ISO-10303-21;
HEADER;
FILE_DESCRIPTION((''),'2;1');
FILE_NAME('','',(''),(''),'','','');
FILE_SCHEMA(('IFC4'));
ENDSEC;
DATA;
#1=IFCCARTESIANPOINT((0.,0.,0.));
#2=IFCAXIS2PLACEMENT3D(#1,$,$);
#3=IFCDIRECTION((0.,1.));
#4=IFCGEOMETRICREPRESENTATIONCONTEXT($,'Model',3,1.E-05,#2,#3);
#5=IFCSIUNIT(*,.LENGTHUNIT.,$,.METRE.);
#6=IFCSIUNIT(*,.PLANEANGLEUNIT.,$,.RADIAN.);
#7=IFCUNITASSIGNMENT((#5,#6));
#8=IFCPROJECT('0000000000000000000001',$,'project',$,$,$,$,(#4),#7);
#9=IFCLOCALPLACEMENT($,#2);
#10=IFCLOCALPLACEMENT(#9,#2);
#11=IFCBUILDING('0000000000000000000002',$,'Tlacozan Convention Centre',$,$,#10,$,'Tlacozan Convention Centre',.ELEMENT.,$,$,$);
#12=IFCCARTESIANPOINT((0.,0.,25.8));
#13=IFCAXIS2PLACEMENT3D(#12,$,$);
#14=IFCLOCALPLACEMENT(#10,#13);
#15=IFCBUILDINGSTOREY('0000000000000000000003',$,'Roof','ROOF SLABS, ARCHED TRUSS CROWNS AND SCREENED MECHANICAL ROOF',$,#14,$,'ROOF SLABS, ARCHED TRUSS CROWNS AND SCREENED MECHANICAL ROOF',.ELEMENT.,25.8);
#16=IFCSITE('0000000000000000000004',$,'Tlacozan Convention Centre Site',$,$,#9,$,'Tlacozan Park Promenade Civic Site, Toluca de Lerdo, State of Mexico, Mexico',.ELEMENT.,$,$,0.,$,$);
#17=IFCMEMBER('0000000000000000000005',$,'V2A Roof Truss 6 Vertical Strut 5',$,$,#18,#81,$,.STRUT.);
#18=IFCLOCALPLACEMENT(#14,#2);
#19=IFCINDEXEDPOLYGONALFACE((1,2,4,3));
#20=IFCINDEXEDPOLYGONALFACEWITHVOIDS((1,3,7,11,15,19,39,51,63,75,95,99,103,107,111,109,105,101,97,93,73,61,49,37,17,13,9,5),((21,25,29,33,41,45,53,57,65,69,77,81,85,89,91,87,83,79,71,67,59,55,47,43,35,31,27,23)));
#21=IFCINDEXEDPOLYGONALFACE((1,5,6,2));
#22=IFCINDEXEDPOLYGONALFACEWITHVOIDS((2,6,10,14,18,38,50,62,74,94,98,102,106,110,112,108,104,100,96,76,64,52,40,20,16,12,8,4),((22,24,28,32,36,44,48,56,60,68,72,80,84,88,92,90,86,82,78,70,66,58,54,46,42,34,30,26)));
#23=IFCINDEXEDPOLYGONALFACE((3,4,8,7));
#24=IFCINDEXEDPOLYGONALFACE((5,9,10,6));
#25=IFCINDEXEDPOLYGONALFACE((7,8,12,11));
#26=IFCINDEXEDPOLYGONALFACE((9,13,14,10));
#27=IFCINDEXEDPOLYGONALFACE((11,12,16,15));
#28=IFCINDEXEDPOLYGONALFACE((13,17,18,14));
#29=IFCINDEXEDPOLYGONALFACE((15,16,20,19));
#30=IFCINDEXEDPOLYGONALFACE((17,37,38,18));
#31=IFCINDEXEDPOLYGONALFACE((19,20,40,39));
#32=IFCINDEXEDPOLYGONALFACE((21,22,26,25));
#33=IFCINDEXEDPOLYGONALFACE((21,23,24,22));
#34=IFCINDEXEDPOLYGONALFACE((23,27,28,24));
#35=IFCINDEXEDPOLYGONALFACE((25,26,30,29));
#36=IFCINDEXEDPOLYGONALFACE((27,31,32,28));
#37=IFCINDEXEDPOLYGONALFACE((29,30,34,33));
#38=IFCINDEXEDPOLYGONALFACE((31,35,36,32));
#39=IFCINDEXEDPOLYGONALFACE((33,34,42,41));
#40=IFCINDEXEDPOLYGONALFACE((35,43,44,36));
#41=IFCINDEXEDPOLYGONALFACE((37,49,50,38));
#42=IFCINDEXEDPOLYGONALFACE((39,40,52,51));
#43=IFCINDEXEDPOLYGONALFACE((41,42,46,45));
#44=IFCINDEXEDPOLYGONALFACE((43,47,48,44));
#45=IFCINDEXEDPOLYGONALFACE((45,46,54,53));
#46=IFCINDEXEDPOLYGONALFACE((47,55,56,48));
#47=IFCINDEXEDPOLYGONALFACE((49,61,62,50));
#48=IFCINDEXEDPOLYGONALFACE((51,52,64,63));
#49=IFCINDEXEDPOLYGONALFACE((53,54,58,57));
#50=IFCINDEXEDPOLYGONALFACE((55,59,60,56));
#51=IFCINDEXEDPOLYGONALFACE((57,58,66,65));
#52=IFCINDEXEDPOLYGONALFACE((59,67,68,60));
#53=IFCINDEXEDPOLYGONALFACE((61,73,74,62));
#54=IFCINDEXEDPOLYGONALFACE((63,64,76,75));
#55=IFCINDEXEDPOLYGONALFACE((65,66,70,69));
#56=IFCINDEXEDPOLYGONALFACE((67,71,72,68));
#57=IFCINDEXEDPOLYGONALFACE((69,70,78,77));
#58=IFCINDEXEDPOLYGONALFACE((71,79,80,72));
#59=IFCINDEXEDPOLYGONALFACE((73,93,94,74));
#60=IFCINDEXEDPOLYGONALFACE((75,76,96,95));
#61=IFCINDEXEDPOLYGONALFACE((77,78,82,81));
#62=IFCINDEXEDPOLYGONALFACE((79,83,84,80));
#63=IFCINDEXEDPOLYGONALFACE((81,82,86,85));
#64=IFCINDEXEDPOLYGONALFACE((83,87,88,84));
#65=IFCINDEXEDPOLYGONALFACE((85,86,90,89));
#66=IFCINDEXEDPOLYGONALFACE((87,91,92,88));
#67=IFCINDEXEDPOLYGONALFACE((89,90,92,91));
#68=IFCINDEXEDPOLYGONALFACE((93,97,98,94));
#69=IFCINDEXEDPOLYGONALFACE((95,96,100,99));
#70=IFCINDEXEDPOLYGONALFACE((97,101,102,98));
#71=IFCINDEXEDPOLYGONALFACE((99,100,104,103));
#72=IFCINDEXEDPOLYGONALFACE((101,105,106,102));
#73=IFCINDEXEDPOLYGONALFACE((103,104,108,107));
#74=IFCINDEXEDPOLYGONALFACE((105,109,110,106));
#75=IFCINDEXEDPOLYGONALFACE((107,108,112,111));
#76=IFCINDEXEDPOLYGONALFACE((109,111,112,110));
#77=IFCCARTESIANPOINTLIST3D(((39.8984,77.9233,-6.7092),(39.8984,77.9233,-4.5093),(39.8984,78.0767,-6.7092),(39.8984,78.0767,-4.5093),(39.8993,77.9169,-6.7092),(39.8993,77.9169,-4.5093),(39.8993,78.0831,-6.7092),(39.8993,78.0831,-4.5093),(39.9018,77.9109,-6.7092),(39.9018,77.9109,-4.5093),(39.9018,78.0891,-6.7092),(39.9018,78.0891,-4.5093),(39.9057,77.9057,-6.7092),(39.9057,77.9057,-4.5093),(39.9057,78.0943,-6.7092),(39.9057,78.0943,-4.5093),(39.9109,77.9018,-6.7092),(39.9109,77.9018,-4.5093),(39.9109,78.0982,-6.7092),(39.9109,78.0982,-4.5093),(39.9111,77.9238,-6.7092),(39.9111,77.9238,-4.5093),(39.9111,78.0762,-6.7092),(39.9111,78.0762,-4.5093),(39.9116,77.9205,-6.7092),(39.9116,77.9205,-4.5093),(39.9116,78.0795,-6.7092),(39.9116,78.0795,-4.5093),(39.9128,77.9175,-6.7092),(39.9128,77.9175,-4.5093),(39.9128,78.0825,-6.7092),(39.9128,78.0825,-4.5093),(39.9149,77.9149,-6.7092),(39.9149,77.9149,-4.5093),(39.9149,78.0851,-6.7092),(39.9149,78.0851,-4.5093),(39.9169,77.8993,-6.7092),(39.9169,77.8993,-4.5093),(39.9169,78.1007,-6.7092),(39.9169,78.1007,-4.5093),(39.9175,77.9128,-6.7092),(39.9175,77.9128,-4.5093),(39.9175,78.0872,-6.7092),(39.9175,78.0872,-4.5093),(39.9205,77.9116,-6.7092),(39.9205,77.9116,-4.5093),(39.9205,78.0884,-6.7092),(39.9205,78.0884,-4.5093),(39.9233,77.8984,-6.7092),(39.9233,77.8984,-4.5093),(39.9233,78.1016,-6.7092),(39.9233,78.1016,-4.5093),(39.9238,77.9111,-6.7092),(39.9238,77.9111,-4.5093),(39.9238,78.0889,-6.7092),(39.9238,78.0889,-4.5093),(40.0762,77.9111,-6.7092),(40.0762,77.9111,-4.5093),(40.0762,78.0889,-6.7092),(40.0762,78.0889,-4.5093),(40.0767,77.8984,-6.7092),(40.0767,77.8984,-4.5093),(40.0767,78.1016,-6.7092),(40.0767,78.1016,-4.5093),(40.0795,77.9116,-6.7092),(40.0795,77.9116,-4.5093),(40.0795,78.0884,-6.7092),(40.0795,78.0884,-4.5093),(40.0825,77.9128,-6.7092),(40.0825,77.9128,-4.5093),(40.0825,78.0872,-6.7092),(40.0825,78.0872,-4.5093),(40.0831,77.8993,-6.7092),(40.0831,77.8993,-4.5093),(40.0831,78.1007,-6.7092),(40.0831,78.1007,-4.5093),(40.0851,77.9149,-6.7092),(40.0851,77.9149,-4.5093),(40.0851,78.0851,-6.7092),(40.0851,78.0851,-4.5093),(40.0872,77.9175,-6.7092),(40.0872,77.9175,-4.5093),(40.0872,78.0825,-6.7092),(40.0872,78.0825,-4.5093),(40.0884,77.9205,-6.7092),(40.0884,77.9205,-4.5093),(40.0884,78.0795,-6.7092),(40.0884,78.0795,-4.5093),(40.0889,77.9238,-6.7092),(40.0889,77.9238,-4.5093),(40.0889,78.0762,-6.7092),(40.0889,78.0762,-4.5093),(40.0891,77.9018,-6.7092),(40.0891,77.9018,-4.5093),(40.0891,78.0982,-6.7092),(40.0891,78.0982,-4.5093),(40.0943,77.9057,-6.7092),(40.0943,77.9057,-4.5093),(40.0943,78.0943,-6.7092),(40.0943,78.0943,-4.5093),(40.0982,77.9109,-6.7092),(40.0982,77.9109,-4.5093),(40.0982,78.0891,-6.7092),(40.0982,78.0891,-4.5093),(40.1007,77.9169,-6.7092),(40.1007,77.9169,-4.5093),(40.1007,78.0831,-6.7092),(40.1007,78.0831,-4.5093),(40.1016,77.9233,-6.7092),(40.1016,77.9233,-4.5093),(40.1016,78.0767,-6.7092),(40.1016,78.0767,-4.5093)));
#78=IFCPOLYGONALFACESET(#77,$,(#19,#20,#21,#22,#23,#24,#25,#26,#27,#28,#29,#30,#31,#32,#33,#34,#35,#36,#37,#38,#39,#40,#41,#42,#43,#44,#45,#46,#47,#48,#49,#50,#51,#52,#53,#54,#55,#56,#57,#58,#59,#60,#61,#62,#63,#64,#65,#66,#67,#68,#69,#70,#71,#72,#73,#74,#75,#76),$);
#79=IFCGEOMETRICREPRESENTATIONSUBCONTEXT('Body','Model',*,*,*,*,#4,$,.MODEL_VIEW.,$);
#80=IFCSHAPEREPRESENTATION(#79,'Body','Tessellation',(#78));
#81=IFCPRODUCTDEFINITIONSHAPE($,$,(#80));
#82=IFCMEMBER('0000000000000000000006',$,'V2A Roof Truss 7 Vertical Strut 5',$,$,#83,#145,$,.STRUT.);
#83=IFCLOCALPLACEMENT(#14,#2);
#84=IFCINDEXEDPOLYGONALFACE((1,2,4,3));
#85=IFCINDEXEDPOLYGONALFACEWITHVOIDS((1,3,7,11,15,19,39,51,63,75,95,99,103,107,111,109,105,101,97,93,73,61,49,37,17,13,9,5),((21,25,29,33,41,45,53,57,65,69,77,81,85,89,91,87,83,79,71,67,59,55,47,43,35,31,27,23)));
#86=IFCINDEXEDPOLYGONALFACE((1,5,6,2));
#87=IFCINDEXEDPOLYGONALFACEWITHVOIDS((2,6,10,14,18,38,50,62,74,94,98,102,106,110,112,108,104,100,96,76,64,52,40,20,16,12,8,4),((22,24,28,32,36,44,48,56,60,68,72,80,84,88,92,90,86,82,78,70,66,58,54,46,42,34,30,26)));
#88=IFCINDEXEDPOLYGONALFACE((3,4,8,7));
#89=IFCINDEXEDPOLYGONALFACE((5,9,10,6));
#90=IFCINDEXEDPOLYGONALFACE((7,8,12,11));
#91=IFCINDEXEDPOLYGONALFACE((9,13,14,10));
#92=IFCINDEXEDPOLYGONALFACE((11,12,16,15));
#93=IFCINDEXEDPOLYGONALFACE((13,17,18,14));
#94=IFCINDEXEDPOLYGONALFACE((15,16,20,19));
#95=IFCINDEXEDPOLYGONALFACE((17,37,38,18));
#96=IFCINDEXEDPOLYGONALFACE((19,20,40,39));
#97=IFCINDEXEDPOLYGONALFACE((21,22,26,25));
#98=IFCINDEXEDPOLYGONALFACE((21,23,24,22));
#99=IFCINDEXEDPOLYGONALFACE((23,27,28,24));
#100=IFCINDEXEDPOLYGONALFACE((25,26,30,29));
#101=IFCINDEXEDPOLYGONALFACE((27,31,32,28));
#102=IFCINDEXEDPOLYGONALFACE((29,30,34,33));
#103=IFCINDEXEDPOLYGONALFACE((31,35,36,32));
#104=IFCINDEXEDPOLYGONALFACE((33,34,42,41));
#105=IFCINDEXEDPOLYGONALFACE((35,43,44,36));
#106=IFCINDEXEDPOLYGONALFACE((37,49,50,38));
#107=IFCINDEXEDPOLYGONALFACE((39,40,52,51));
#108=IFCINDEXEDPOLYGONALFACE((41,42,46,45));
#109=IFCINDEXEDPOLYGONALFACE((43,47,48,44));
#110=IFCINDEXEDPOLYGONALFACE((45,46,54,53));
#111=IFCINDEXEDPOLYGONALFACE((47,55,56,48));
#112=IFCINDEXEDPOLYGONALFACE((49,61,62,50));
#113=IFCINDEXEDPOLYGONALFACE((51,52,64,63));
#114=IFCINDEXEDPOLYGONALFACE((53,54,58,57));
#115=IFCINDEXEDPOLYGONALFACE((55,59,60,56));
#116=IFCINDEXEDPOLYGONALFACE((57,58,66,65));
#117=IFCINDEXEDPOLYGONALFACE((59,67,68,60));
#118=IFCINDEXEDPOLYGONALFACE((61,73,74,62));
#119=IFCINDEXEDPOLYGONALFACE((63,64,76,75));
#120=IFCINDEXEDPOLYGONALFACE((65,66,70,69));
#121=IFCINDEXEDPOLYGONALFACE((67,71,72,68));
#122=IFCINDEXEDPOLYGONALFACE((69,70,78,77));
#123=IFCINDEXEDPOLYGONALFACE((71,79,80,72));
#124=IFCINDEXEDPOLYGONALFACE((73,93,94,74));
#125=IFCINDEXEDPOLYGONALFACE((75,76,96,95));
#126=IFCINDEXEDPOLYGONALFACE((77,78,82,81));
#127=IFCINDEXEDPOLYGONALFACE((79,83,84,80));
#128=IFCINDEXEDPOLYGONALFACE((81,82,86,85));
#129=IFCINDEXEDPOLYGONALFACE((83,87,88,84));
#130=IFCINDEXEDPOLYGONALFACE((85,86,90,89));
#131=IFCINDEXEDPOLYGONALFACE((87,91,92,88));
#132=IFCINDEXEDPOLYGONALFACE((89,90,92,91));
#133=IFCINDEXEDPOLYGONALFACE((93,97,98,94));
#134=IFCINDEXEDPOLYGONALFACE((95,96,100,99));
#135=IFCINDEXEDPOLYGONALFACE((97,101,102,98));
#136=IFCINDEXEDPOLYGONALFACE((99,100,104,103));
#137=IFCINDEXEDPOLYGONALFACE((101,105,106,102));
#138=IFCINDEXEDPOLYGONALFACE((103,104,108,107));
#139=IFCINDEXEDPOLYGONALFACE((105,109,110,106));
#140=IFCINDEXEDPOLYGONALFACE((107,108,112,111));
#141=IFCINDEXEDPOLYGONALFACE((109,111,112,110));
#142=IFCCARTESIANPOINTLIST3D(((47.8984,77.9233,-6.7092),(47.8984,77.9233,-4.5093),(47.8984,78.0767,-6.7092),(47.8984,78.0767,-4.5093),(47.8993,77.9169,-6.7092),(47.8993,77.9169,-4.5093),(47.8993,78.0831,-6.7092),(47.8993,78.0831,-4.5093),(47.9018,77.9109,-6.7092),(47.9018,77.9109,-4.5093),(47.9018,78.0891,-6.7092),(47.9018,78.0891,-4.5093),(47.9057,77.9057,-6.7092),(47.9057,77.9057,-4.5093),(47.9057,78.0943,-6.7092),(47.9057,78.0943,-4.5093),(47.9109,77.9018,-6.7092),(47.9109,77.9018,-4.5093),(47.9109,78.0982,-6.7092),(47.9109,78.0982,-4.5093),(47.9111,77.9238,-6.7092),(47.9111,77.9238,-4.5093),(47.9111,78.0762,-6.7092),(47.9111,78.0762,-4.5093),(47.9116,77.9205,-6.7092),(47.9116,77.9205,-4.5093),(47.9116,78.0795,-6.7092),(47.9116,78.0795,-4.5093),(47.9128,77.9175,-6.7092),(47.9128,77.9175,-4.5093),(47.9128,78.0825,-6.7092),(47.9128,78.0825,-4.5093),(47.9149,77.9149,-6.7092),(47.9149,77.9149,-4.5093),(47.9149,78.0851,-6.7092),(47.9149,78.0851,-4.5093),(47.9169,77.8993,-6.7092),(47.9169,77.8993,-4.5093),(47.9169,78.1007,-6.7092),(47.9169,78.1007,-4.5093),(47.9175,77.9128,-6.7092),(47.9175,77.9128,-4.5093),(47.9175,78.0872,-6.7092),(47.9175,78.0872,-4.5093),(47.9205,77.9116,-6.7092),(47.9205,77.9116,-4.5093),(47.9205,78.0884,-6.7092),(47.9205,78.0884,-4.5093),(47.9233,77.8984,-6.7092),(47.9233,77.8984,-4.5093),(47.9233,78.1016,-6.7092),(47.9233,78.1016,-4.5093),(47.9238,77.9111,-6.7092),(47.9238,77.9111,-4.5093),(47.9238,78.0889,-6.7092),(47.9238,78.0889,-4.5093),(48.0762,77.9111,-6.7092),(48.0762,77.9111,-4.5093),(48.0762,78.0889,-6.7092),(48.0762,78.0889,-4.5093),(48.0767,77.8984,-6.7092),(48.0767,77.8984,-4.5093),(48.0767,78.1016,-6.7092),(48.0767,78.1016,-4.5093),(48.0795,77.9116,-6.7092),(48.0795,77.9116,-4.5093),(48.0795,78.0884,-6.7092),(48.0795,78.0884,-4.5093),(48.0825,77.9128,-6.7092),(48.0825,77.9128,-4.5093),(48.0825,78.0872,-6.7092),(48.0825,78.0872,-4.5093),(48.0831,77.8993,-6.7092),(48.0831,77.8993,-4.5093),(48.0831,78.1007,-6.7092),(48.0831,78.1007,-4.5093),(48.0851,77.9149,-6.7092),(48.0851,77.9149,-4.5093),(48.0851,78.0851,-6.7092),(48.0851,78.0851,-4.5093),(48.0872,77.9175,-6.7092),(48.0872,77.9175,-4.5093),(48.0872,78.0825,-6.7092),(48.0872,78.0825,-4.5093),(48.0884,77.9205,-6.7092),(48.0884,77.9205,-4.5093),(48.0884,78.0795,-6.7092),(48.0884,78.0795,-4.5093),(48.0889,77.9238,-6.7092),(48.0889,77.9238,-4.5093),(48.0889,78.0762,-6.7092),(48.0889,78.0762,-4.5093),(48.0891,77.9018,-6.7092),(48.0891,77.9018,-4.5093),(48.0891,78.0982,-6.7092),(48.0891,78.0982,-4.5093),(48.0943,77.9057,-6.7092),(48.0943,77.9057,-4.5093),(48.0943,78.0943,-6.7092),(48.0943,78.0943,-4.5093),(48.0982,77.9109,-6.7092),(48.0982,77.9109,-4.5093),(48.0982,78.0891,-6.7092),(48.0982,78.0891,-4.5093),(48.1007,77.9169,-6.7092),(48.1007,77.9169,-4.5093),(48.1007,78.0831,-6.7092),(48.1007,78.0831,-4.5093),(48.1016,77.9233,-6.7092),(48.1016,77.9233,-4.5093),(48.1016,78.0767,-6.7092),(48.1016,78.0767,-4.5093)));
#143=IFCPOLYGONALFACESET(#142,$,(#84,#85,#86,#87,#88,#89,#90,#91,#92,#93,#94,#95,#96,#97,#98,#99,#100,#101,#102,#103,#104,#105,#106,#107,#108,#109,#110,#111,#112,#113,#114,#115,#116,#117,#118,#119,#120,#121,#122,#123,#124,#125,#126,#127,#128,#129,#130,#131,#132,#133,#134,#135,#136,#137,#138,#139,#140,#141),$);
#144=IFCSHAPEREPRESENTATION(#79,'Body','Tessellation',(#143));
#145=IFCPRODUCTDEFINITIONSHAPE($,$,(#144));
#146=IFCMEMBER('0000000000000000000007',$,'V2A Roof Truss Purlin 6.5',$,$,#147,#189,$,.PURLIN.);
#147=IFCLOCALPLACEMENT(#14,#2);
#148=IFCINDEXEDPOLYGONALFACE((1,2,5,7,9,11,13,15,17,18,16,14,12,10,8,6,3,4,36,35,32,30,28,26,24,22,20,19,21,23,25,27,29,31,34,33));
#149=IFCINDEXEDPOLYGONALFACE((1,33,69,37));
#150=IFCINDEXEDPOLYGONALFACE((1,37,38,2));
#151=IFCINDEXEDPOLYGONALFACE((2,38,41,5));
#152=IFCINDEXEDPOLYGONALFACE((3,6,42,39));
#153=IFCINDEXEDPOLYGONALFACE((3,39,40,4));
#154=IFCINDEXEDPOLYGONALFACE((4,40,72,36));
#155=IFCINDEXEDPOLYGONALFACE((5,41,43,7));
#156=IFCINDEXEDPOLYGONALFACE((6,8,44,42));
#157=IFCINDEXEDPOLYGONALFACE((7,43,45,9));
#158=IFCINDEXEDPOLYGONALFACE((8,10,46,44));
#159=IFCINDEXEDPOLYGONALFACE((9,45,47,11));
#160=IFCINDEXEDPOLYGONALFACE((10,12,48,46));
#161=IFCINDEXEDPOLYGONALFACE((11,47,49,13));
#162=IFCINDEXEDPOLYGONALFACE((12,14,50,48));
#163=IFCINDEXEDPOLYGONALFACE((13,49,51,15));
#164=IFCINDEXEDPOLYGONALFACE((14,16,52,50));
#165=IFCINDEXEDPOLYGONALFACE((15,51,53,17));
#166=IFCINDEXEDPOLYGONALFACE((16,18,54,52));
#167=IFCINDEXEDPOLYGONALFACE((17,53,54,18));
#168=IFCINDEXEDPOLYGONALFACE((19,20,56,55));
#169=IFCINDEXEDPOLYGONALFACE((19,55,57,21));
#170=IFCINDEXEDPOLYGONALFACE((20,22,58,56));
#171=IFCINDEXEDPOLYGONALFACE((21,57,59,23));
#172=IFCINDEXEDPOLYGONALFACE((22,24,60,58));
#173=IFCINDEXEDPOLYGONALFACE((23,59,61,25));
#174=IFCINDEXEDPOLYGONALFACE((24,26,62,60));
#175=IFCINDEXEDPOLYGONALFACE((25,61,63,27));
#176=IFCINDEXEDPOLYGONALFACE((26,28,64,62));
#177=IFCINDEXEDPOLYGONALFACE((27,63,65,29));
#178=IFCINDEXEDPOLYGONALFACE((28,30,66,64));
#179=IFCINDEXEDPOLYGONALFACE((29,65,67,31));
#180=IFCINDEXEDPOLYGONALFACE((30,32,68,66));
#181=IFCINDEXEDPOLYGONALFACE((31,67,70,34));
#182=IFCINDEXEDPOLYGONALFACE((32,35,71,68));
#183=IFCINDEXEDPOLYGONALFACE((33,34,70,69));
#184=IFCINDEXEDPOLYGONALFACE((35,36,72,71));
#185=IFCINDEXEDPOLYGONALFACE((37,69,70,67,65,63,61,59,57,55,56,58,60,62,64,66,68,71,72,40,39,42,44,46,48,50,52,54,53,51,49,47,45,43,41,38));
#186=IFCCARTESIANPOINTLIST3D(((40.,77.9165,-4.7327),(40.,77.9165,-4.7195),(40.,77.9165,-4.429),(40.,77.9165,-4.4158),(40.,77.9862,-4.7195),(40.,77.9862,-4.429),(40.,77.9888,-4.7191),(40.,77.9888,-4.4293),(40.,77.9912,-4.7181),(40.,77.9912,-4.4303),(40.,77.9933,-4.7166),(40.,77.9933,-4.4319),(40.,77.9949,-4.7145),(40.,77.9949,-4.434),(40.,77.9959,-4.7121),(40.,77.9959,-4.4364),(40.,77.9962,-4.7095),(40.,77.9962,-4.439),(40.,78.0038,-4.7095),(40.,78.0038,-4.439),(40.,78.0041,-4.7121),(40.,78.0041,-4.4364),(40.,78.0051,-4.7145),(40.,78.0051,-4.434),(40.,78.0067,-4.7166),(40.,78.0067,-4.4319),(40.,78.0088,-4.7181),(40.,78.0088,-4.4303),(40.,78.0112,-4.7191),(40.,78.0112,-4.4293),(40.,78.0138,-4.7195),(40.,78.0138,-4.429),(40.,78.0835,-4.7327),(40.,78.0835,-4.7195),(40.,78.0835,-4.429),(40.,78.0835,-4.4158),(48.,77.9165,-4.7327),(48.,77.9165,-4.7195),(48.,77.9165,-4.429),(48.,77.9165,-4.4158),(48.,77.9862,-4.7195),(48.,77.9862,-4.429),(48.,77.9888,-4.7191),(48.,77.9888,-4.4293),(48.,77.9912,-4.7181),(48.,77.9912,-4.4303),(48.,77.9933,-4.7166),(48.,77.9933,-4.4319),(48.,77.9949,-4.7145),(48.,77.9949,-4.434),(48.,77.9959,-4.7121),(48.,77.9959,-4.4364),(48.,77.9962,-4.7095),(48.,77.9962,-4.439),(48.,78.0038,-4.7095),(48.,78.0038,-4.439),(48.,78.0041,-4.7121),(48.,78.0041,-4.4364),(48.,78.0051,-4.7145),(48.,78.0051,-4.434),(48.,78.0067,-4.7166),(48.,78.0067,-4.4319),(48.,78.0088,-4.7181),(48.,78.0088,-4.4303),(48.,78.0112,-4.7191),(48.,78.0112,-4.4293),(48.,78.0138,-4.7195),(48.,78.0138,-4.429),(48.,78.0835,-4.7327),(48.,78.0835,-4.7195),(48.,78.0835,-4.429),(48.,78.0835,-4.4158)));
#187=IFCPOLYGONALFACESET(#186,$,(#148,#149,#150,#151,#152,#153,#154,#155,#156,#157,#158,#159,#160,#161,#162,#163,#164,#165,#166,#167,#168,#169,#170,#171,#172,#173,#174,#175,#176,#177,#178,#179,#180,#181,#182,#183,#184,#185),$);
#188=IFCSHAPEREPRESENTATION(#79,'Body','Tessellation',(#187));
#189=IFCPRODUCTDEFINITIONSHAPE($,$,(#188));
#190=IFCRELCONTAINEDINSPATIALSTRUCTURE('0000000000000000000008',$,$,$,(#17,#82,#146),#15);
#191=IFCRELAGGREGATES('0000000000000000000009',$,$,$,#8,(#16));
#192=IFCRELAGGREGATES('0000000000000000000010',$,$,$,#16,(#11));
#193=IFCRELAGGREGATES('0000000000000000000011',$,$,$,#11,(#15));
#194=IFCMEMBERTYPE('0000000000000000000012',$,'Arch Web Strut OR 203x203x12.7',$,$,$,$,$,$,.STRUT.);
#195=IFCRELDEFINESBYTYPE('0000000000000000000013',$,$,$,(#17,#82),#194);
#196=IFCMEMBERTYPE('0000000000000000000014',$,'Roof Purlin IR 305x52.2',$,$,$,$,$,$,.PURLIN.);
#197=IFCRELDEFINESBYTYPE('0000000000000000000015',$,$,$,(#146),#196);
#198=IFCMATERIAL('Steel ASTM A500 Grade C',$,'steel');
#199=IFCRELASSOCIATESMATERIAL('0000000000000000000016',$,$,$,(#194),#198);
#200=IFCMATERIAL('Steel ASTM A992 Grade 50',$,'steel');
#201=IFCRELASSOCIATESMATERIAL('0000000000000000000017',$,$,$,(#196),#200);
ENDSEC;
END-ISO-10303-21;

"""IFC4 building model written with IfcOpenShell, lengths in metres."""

from ifc_helpers import new_model, si_unit, direction, frame, origin, origin_2d, place, context, subcontext, project, spatial, hollow_rectangle, i_section, extrude, material, material_profile, profile_set, type_object, element, save


model = new_model("IFC4")

# Units and contexts
model_context = context("Model", 3, precision=1e-05, world=origin(), true_north=direction((0.0, 1.0)))
body_context = subcontext(model_context, "Body", "Model", "MODEL_VIEW")
ifc_project = project(units=[si_unit("LENGTHUNIT", "METRE"), si_unit("PLANEANGLEUNIT", "RADIAN")], contexts=[model_context])

# Site, building, storey
site_placement = place(None, origin())
site = spatial("IfcSite", under=ifc_project, at=site_placement, Name="Tlacozan Convention Centre Site", LongName="Tlacozan Park Promenade Civic Site, Toluca de Lerdo, State of Mexico, Mexico", CompositionType="ELEMENT", RefElevation=0.0)
building_placement = place(site_placement, origin())
building = spatial("IfcBuilding", under=site, at=building_placement, Name="Tlacozan Convention Centre", LongName="Tlacozan Convention Centre", CompositionType="ELEMENT")
storey_placement = place(building_placement, frame((0.0, 0.0, 25.8)))
storey = spatial("IfcBuildingStorey", under=building, at=storey_placement, Name="Roof", Description="ROOF SLABS, ARCHED TRUSS CROWNS AND SCREENED MECHANICAL ROOF", LongName="ROOF SLABS, ARCHED TRUSS CROWNS AND SCREENED MECHANICAL ROOF", CompositionType="ELEMENT", Elevation=25.8)

# Members
ifc_material_1 = material(Name="Steel ASTM A500 Grade C", Category="steel")
ifc_material_profile_1 = material_profile(ifc_material_1, hollow_rectangle(XDim=0.2031, YDim=0.2031, WallThickness=0.0127, InnerFilletRadius=0.0127, OuterFilletRadius=0.0249, at=origin_2d()), Name="OR 203x203x12.7")
ifc_profile_set_1 = profile_set([ifc_material_profile_1], Name="Steel ASTM A500 Grade C")
member_type_1 = type_object("IfcMemberType", Name="Arch Web Strut OR 203x203x12.7", PredefinedType="STRUT", material=ifc_profile_set_1)
for number, where, z_axis, x_axis, name in (
    (1, (40.0, 78.0, -6.7092), (0.0, 0.0, 1.0), (1.0, 0.0, 0.0), "V2A Roof Truss 6 Vertical Strut 5"),
    (2, (48.0, 78.0, -6.7092), (0.0, 0.0, 1.0), (1.0, 0.0, 0.0), "V2A Roof Truss 7 Vertical Strut 5"),
):
    element("IfcMember", number, at=place(storey_placement, frame(where, z_axis=z_axis, x_axis=x_axis)), inside=storey, type_object=member_type_1, Name=name, PredefinedType="STRUT", context=body_context, shape_type="SweptSolid", body=[
        extrude(hollow_rectangle(XDim=0.2031, YDim=0.2031, WallThickness=0.0127, InnerFilletRadius=0.0127, OuterFilletRadius=0.0249, at=origin_2d()), origin(), (0.0, 0.0, 1.0), 2.2),
    ])
ifc_material_2 = material(Name="Steel ASTM A992 Grade 50", Category="steel")
ifc_material_profile_2 = material_profile(ifc_material_2, i_section(OverallWidth=0.167, OverallDepth=0.3169, WebThickness=0.0076, FlangeThickness=0.0132, FilletRadius=0.01, at=origin_2d()), Name="IR 305x52.2")
ifc_profile_set_2 = profile_set([ifc_material_profile_2], Name="Steel ASTM A992 Grade 50")
member_type_2 = type_object("IfcMemberType", Name="Roof Purlin IR 305x52.2", PredefinedType="PURLIN", material=ifc_profile_set_2)
for number, where, z_axis, x_axis, name in (
    (3, (40.0, 78.0, -4.5742), (1.0, 0.0, 0.0), (0.0, 1.0, 0.0), "V2A Roof Truss Purlin 6.5"),
):
    element("IfcMember", number, at=place(storey_placement, frame(where, z_axis=z_axis, x_axis=x_axis)), inside=storey, type_object=member_type_2, Name=name, PredefinedType="PURLIN", context=body_context, shape_type="SweptSolid", body=[
        extrude(i_section(OverallWidth=0.167, OverallDepth=0.3169, WebThickness=0.0076, FlangeThickness=0.0132, FilletRadius=0.01, at=origin_2d()), origin(), (0.0, 0.0, 1.0), 8.0),
    ])

save(model, "model.ifc")
